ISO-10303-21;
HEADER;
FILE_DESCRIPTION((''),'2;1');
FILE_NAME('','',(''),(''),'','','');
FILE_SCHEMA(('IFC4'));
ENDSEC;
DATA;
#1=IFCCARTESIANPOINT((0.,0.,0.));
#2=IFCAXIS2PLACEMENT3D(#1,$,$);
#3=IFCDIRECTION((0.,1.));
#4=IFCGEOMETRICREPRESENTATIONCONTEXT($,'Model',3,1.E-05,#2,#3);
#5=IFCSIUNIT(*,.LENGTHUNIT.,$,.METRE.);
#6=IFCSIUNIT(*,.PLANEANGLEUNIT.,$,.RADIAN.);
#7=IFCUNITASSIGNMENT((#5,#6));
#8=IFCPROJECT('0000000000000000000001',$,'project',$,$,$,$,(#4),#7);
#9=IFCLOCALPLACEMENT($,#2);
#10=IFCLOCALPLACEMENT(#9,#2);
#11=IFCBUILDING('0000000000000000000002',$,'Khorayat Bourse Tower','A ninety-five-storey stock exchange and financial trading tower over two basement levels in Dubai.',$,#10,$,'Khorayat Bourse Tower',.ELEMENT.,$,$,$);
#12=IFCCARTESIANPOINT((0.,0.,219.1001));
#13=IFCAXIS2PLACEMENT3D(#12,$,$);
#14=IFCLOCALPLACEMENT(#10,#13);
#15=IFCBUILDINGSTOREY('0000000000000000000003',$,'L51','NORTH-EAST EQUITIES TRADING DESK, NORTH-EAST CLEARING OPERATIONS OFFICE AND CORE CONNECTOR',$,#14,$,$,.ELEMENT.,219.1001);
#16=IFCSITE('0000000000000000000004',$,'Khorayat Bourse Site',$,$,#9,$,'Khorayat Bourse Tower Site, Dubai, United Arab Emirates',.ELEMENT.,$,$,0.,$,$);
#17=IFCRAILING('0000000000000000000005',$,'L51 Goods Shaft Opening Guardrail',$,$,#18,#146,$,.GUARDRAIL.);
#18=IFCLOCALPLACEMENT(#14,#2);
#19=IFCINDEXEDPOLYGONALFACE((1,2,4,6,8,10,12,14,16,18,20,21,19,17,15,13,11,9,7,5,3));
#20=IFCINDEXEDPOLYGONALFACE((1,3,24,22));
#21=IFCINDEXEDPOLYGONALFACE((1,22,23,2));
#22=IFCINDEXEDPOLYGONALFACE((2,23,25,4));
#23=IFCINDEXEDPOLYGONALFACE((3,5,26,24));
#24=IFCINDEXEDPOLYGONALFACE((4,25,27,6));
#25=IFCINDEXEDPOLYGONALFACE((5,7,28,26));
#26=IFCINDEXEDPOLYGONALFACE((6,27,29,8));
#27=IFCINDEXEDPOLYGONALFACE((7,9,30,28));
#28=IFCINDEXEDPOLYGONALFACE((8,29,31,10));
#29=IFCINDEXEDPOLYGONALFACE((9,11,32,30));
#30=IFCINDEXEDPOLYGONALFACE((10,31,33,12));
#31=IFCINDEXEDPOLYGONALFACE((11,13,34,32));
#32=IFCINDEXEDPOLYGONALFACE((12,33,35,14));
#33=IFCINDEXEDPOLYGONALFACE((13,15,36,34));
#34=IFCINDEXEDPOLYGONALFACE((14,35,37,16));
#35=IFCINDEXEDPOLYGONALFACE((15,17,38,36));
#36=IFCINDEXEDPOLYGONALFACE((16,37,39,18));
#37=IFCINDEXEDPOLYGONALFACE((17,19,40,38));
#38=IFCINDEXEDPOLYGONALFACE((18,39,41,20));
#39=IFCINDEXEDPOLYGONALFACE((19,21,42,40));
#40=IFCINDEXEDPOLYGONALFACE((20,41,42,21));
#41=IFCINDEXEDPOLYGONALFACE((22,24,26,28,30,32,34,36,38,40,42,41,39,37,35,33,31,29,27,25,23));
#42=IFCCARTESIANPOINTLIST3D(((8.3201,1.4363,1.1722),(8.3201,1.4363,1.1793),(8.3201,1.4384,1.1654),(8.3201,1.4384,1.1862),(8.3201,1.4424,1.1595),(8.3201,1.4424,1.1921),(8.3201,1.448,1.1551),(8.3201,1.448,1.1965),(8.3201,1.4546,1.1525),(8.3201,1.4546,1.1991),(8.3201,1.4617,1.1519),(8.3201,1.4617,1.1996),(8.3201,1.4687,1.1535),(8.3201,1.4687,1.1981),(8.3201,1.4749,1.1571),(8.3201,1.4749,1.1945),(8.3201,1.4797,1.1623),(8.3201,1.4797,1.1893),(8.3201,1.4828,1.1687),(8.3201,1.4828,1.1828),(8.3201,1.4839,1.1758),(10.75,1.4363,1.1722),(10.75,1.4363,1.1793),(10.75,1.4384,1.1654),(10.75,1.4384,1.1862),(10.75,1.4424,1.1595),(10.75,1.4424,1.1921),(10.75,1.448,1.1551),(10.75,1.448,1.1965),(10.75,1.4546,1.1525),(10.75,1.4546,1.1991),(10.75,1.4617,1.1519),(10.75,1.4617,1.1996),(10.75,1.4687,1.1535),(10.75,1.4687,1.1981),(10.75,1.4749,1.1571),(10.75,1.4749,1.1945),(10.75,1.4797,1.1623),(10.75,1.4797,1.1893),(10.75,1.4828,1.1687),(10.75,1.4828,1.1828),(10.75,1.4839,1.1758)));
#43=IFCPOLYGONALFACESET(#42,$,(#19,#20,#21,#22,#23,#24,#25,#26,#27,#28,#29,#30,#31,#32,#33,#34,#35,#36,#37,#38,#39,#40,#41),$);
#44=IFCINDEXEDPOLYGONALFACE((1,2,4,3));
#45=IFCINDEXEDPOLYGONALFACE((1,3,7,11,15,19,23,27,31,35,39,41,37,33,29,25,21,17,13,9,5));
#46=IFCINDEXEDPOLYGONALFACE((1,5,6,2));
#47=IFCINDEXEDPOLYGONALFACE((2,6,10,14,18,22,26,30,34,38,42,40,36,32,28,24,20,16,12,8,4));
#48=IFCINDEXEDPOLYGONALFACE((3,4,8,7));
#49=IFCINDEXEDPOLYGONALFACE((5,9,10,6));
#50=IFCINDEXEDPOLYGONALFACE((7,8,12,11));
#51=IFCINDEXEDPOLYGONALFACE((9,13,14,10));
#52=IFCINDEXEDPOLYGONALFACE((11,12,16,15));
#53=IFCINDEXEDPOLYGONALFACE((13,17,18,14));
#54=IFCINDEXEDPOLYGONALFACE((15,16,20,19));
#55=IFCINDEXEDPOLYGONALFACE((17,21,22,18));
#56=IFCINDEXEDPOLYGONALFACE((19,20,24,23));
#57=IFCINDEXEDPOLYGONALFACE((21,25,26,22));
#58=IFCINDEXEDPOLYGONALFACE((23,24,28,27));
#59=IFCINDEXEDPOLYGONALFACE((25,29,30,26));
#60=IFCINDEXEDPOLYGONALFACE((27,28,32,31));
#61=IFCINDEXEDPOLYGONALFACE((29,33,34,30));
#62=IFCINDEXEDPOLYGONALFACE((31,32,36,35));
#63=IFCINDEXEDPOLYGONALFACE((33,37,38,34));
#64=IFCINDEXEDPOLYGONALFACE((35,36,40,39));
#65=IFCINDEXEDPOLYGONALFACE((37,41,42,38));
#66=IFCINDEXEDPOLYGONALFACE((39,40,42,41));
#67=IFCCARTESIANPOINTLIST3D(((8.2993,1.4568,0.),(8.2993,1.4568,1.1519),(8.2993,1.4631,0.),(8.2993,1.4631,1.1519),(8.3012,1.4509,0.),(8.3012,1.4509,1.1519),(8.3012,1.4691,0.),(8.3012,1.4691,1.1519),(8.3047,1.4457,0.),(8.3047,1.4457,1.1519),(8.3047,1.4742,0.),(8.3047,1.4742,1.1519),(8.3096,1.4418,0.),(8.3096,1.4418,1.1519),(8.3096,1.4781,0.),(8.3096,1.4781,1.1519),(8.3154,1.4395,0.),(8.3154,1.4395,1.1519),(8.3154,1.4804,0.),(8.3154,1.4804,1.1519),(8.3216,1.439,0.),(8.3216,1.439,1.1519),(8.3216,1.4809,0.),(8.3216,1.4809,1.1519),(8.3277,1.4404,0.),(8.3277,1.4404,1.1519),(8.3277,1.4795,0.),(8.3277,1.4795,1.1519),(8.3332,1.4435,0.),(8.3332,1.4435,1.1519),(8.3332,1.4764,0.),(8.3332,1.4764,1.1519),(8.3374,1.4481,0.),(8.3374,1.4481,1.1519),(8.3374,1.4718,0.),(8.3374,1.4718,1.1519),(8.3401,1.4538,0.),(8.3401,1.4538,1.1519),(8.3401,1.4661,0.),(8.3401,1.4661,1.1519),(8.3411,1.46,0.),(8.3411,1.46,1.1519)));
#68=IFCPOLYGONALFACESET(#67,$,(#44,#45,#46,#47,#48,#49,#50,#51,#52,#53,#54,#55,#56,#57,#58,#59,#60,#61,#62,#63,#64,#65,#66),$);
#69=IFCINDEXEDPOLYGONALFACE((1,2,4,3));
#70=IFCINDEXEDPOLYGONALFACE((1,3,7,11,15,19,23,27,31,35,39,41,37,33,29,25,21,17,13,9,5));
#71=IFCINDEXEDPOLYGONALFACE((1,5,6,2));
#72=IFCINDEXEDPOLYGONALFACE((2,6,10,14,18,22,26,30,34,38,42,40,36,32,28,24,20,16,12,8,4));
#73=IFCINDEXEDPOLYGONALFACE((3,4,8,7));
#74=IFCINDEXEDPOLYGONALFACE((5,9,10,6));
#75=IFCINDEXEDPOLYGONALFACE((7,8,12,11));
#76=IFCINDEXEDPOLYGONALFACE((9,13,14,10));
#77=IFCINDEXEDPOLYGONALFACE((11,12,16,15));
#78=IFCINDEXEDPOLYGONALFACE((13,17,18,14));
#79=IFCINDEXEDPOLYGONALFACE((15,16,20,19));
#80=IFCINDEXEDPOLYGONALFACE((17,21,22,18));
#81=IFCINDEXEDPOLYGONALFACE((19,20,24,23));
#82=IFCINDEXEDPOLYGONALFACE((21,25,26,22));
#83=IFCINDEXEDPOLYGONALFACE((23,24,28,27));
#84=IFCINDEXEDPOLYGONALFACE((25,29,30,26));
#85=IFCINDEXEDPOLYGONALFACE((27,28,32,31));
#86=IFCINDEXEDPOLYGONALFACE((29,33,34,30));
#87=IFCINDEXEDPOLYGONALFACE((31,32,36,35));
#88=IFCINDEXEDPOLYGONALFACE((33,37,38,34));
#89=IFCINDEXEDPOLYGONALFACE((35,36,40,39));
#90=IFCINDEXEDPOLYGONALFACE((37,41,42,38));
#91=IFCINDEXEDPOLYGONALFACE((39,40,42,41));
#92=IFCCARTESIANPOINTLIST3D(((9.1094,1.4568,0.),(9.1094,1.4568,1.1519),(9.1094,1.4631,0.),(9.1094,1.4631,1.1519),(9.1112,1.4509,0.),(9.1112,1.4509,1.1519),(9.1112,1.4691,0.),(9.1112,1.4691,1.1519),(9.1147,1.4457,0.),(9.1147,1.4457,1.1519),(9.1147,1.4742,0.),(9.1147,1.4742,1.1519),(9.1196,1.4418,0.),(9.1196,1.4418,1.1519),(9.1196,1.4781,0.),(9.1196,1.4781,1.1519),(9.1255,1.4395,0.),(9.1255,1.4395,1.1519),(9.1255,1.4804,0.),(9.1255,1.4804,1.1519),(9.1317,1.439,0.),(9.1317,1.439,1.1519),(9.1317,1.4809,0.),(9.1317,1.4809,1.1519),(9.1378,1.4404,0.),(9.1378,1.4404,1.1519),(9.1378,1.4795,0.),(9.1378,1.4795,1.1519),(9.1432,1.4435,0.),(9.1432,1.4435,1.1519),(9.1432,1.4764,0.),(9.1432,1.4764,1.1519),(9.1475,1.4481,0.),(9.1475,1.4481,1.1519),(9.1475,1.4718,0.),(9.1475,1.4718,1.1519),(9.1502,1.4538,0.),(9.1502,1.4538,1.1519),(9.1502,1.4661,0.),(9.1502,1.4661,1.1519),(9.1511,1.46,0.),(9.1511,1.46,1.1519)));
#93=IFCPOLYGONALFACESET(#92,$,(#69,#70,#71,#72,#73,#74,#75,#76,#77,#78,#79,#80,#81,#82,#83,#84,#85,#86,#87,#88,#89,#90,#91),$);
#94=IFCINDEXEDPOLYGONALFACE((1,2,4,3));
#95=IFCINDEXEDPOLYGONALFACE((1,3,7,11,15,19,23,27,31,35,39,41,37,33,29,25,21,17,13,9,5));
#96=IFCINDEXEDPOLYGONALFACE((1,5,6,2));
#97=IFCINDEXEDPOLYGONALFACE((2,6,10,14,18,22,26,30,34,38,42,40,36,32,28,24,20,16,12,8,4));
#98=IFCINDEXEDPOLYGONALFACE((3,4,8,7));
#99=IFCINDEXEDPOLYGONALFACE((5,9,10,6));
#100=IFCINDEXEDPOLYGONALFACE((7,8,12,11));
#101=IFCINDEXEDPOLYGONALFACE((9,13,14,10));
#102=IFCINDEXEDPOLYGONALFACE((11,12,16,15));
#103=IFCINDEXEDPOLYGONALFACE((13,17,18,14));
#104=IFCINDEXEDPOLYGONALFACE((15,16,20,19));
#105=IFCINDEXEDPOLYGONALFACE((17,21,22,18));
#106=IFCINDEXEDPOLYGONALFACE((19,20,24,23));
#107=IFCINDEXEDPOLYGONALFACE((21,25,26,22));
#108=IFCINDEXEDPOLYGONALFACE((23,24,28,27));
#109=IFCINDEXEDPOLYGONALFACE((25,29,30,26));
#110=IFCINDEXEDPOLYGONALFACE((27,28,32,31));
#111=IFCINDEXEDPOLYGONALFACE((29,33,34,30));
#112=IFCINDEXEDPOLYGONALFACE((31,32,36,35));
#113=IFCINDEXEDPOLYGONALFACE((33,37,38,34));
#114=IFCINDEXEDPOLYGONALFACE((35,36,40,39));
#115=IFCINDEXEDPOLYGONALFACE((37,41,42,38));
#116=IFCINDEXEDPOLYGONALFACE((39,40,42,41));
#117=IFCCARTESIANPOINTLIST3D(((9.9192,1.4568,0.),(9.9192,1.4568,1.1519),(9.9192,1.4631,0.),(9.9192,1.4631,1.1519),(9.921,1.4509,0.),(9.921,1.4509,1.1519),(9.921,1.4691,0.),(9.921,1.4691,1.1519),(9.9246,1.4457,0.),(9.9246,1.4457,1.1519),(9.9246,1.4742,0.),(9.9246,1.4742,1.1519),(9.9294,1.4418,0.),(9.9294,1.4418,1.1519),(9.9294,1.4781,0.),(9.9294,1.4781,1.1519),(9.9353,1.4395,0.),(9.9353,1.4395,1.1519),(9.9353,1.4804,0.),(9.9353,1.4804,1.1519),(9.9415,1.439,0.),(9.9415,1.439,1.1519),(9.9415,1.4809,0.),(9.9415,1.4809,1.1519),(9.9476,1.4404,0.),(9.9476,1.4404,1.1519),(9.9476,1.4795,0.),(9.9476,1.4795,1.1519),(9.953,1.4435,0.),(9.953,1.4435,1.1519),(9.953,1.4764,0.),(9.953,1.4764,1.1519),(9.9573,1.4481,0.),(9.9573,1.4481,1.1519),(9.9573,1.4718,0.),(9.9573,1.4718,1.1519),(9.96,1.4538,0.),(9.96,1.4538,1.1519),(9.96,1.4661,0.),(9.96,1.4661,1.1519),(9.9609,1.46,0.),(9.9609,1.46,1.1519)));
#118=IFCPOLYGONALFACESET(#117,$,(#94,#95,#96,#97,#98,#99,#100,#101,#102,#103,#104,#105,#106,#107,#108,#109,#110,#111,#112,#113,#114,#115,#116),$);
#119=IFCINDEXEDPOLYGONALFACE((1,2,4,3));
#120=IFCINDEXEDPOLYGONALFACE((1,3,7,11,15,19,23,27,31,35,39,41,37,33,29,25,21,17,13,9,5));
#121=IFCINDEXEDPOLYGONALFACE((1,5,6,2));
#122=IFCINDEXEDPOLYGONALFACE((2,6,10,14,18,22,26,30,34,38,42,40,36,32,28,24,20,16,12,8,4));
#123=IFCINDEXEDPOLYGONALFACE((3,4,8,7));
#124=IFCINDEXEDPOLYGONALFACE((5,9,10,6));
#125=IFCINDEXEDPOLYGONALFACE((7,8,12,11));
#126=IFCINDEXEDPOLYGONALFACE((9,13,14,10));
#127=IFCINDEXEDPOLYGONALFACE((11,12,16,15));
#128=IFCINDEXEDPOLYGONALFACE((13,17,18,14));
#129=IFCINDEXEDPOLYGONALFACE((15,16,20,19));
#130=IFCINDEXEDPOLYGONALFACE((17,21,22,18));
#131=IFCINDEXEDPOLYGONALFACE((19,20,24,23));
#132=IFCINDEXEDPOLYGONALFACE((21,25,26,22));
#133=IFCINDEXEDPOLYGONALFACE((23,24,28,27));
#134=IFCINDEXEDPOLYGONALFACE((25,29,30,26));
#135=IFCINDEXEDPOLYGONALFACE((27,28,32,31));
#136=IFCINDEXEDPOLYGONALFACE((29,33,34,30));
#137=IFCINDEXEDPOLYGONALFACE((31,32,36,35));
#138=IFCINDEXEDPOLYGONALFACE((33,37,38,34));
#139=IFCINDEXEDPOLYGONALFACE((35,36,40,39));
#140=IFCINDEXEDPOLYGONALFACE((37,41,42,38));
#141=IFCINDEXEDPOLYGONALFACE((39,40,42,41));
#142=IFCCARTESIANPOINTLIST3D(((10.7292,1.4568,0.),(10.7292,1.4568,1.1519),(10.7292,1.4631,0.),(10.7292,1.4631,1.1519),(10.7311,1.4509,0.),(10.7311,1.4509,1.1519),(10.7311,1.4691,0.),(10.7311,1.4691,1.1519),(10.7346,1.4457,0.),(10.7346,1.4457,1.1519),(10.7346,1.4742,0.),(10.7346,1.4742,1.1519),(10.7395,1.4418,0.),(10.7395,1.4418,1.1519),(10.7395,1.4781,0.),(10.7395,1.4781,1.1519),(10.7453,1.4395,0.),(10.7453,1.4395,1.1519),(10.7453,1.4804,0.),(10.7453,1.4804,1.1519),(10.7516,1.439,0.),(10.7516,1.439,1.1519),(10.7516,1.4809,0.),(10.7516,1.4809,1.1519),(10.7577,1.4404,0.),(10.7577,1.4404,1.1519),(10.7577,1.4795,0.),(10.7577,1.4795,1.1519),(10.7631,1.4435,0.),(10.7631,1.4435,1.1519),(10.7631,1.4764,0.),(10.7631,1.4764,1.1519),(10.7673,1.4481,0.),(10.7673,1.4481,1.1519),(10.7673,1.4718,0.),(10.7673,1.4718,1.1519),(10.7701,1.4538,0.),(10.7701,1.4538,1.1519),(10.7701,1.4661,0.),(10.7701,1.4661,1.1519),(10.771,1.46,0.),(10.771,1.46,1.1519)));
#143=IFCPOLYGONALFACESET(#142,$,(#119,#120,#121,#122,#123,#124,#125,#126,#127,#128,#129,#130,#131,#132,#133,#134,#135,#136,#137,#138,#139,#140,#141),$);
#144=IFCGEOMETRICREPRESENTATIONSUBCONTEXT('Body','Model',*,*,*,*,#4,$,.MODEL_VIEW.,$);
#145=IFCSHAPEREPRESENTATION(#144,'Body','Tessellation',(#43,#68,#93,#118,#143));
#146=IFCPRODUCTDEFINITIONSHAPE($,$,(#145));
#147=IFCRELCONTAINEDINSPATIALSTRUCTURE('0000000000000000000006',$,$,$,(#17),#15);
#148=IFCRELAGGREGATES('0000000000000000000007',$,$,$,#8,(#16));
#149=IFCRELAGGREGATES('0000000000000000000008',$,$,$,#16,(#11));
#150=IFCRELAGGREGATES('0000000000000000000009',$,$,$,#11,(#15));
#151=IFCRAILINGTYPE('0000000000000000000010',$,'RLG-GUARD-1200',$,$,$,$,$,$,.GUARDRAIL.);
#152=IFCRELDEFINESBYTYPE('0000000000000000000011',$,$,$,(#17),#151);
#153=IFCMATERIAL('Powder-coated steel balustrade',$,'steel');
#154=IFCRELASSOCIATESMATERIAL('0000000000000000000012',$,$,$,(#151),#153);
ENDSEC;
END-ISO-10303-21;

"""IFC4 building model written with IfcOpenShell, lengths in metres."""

from ifc_helpers import new_model, si_unit, direction, frame, origin, origin_2d, place, context, subcontext, project, spatial, circle, extrude, source, transform, mapped, material, type_object, element, save


model = new_model("IFC4")

# Units and contexts
model_context = context("Model", 3, precision=1e-05, world=origin(), true_north=direction((0.0, 1.0)))
body_context = subcontext(model_context, "Body", "Model", "MODEL_VIEW")
ifc_project = project(units=[si_unit("LENGTHUNIT", "METRE"), si_unit("PLANEANGLEUNIT", "RADIAN")], contexts=[model_context])

# Site, building, storey
site_placement = place(None, origin())
site = spatial("IfcSite", under=ifc_project, at=site_placement, Name="Khorayat Bourse Site", LongName="Khorayat Bourse Tower Site, Dubai, United Arab Emirates", CompositionType="ELEMENT", RefElevation=0.0)
building_placement = place(site_placement, origin())
building = spatial("IfcBuilding", under=site, at=building_placement, Name="Khorayat Bourse Tower", Description="A ninety-five-storey stock exchange and financial trading tower over two basement levels in Dubai.", LongName="Khorayat Bourse Tower", CompositionType="ELEMENT")
storey_placement = place(building_placement, frame((0.0, 0.0, 219.1001)))
storey = spatial("IfcBuildingStorey", under=building, at=storey_placement, Name="L51", Description="NORTH-EAST EQUITIES TRADING DESK, NORTH-EAST CLEARING OPERATIONS OFFICE AND CORE CONNECTOR", CompositionType="ELEMENT", Elevation=219.1001)

# Railing
ifc_material_1 = material(Name="Powder-coated steel balustrade", Category="steel")
railing_type = type_object("IfcRailingType", Name="RLG-GUARD-1200", PredefinedType="GUARDRAIL", material=ifc_material_1)
shared_shape_1 = source(origin(), body_context, "Body", "SweptSolid", [
    extrude(circle(Radius=0.0239, at=origin_2d()), frame((0.0, 0.0, 1.1758), z_axis=(1.0, 0.0, 0.0), x_axis=(0.0, 1.0, 0.0)), (0.0, 0.0, 1.0), 2.4299),
    extrude(circle(Radius=0.021, at=origin_2d()), origin(), (0.0, 0.0, 1.0), 1.1519),
    extrude(circle(Radius=0.021, at=origin_2d()), frame((0.8101, 0.0, 0.0)), (0.0, 0.0, 1.0), 1.1519),
    extrude(circle(Radius=0.021, at=origin_2d()), frame((1.6199, 0.0, 0.0)), (0.0, 0.0, 1.0), 1.1519),
    extrude(circle(Radius=0.021, at=origin_2d()), frame((2.4299, 0.0, 0.0)), (0.0, 0.0, 1.0), 1.1519),
])
railing_placement = place(storey_placement, frame((8.3201, 1.46, 0.0)))
element("IfcRailing", 1, at=railing_placement, inside=storey, type_object=railing_type, Name="L51 Goods Shaft Opening Guardrail", PredefinedType="GUARDRAIL", context=body_context, shape_type="MappedRepresentation", body=[
    mapped(shared_shape_1, transform((0.0, 0.0, 0.0), scale=1.0)),
])

save(model, "model.ifc")
